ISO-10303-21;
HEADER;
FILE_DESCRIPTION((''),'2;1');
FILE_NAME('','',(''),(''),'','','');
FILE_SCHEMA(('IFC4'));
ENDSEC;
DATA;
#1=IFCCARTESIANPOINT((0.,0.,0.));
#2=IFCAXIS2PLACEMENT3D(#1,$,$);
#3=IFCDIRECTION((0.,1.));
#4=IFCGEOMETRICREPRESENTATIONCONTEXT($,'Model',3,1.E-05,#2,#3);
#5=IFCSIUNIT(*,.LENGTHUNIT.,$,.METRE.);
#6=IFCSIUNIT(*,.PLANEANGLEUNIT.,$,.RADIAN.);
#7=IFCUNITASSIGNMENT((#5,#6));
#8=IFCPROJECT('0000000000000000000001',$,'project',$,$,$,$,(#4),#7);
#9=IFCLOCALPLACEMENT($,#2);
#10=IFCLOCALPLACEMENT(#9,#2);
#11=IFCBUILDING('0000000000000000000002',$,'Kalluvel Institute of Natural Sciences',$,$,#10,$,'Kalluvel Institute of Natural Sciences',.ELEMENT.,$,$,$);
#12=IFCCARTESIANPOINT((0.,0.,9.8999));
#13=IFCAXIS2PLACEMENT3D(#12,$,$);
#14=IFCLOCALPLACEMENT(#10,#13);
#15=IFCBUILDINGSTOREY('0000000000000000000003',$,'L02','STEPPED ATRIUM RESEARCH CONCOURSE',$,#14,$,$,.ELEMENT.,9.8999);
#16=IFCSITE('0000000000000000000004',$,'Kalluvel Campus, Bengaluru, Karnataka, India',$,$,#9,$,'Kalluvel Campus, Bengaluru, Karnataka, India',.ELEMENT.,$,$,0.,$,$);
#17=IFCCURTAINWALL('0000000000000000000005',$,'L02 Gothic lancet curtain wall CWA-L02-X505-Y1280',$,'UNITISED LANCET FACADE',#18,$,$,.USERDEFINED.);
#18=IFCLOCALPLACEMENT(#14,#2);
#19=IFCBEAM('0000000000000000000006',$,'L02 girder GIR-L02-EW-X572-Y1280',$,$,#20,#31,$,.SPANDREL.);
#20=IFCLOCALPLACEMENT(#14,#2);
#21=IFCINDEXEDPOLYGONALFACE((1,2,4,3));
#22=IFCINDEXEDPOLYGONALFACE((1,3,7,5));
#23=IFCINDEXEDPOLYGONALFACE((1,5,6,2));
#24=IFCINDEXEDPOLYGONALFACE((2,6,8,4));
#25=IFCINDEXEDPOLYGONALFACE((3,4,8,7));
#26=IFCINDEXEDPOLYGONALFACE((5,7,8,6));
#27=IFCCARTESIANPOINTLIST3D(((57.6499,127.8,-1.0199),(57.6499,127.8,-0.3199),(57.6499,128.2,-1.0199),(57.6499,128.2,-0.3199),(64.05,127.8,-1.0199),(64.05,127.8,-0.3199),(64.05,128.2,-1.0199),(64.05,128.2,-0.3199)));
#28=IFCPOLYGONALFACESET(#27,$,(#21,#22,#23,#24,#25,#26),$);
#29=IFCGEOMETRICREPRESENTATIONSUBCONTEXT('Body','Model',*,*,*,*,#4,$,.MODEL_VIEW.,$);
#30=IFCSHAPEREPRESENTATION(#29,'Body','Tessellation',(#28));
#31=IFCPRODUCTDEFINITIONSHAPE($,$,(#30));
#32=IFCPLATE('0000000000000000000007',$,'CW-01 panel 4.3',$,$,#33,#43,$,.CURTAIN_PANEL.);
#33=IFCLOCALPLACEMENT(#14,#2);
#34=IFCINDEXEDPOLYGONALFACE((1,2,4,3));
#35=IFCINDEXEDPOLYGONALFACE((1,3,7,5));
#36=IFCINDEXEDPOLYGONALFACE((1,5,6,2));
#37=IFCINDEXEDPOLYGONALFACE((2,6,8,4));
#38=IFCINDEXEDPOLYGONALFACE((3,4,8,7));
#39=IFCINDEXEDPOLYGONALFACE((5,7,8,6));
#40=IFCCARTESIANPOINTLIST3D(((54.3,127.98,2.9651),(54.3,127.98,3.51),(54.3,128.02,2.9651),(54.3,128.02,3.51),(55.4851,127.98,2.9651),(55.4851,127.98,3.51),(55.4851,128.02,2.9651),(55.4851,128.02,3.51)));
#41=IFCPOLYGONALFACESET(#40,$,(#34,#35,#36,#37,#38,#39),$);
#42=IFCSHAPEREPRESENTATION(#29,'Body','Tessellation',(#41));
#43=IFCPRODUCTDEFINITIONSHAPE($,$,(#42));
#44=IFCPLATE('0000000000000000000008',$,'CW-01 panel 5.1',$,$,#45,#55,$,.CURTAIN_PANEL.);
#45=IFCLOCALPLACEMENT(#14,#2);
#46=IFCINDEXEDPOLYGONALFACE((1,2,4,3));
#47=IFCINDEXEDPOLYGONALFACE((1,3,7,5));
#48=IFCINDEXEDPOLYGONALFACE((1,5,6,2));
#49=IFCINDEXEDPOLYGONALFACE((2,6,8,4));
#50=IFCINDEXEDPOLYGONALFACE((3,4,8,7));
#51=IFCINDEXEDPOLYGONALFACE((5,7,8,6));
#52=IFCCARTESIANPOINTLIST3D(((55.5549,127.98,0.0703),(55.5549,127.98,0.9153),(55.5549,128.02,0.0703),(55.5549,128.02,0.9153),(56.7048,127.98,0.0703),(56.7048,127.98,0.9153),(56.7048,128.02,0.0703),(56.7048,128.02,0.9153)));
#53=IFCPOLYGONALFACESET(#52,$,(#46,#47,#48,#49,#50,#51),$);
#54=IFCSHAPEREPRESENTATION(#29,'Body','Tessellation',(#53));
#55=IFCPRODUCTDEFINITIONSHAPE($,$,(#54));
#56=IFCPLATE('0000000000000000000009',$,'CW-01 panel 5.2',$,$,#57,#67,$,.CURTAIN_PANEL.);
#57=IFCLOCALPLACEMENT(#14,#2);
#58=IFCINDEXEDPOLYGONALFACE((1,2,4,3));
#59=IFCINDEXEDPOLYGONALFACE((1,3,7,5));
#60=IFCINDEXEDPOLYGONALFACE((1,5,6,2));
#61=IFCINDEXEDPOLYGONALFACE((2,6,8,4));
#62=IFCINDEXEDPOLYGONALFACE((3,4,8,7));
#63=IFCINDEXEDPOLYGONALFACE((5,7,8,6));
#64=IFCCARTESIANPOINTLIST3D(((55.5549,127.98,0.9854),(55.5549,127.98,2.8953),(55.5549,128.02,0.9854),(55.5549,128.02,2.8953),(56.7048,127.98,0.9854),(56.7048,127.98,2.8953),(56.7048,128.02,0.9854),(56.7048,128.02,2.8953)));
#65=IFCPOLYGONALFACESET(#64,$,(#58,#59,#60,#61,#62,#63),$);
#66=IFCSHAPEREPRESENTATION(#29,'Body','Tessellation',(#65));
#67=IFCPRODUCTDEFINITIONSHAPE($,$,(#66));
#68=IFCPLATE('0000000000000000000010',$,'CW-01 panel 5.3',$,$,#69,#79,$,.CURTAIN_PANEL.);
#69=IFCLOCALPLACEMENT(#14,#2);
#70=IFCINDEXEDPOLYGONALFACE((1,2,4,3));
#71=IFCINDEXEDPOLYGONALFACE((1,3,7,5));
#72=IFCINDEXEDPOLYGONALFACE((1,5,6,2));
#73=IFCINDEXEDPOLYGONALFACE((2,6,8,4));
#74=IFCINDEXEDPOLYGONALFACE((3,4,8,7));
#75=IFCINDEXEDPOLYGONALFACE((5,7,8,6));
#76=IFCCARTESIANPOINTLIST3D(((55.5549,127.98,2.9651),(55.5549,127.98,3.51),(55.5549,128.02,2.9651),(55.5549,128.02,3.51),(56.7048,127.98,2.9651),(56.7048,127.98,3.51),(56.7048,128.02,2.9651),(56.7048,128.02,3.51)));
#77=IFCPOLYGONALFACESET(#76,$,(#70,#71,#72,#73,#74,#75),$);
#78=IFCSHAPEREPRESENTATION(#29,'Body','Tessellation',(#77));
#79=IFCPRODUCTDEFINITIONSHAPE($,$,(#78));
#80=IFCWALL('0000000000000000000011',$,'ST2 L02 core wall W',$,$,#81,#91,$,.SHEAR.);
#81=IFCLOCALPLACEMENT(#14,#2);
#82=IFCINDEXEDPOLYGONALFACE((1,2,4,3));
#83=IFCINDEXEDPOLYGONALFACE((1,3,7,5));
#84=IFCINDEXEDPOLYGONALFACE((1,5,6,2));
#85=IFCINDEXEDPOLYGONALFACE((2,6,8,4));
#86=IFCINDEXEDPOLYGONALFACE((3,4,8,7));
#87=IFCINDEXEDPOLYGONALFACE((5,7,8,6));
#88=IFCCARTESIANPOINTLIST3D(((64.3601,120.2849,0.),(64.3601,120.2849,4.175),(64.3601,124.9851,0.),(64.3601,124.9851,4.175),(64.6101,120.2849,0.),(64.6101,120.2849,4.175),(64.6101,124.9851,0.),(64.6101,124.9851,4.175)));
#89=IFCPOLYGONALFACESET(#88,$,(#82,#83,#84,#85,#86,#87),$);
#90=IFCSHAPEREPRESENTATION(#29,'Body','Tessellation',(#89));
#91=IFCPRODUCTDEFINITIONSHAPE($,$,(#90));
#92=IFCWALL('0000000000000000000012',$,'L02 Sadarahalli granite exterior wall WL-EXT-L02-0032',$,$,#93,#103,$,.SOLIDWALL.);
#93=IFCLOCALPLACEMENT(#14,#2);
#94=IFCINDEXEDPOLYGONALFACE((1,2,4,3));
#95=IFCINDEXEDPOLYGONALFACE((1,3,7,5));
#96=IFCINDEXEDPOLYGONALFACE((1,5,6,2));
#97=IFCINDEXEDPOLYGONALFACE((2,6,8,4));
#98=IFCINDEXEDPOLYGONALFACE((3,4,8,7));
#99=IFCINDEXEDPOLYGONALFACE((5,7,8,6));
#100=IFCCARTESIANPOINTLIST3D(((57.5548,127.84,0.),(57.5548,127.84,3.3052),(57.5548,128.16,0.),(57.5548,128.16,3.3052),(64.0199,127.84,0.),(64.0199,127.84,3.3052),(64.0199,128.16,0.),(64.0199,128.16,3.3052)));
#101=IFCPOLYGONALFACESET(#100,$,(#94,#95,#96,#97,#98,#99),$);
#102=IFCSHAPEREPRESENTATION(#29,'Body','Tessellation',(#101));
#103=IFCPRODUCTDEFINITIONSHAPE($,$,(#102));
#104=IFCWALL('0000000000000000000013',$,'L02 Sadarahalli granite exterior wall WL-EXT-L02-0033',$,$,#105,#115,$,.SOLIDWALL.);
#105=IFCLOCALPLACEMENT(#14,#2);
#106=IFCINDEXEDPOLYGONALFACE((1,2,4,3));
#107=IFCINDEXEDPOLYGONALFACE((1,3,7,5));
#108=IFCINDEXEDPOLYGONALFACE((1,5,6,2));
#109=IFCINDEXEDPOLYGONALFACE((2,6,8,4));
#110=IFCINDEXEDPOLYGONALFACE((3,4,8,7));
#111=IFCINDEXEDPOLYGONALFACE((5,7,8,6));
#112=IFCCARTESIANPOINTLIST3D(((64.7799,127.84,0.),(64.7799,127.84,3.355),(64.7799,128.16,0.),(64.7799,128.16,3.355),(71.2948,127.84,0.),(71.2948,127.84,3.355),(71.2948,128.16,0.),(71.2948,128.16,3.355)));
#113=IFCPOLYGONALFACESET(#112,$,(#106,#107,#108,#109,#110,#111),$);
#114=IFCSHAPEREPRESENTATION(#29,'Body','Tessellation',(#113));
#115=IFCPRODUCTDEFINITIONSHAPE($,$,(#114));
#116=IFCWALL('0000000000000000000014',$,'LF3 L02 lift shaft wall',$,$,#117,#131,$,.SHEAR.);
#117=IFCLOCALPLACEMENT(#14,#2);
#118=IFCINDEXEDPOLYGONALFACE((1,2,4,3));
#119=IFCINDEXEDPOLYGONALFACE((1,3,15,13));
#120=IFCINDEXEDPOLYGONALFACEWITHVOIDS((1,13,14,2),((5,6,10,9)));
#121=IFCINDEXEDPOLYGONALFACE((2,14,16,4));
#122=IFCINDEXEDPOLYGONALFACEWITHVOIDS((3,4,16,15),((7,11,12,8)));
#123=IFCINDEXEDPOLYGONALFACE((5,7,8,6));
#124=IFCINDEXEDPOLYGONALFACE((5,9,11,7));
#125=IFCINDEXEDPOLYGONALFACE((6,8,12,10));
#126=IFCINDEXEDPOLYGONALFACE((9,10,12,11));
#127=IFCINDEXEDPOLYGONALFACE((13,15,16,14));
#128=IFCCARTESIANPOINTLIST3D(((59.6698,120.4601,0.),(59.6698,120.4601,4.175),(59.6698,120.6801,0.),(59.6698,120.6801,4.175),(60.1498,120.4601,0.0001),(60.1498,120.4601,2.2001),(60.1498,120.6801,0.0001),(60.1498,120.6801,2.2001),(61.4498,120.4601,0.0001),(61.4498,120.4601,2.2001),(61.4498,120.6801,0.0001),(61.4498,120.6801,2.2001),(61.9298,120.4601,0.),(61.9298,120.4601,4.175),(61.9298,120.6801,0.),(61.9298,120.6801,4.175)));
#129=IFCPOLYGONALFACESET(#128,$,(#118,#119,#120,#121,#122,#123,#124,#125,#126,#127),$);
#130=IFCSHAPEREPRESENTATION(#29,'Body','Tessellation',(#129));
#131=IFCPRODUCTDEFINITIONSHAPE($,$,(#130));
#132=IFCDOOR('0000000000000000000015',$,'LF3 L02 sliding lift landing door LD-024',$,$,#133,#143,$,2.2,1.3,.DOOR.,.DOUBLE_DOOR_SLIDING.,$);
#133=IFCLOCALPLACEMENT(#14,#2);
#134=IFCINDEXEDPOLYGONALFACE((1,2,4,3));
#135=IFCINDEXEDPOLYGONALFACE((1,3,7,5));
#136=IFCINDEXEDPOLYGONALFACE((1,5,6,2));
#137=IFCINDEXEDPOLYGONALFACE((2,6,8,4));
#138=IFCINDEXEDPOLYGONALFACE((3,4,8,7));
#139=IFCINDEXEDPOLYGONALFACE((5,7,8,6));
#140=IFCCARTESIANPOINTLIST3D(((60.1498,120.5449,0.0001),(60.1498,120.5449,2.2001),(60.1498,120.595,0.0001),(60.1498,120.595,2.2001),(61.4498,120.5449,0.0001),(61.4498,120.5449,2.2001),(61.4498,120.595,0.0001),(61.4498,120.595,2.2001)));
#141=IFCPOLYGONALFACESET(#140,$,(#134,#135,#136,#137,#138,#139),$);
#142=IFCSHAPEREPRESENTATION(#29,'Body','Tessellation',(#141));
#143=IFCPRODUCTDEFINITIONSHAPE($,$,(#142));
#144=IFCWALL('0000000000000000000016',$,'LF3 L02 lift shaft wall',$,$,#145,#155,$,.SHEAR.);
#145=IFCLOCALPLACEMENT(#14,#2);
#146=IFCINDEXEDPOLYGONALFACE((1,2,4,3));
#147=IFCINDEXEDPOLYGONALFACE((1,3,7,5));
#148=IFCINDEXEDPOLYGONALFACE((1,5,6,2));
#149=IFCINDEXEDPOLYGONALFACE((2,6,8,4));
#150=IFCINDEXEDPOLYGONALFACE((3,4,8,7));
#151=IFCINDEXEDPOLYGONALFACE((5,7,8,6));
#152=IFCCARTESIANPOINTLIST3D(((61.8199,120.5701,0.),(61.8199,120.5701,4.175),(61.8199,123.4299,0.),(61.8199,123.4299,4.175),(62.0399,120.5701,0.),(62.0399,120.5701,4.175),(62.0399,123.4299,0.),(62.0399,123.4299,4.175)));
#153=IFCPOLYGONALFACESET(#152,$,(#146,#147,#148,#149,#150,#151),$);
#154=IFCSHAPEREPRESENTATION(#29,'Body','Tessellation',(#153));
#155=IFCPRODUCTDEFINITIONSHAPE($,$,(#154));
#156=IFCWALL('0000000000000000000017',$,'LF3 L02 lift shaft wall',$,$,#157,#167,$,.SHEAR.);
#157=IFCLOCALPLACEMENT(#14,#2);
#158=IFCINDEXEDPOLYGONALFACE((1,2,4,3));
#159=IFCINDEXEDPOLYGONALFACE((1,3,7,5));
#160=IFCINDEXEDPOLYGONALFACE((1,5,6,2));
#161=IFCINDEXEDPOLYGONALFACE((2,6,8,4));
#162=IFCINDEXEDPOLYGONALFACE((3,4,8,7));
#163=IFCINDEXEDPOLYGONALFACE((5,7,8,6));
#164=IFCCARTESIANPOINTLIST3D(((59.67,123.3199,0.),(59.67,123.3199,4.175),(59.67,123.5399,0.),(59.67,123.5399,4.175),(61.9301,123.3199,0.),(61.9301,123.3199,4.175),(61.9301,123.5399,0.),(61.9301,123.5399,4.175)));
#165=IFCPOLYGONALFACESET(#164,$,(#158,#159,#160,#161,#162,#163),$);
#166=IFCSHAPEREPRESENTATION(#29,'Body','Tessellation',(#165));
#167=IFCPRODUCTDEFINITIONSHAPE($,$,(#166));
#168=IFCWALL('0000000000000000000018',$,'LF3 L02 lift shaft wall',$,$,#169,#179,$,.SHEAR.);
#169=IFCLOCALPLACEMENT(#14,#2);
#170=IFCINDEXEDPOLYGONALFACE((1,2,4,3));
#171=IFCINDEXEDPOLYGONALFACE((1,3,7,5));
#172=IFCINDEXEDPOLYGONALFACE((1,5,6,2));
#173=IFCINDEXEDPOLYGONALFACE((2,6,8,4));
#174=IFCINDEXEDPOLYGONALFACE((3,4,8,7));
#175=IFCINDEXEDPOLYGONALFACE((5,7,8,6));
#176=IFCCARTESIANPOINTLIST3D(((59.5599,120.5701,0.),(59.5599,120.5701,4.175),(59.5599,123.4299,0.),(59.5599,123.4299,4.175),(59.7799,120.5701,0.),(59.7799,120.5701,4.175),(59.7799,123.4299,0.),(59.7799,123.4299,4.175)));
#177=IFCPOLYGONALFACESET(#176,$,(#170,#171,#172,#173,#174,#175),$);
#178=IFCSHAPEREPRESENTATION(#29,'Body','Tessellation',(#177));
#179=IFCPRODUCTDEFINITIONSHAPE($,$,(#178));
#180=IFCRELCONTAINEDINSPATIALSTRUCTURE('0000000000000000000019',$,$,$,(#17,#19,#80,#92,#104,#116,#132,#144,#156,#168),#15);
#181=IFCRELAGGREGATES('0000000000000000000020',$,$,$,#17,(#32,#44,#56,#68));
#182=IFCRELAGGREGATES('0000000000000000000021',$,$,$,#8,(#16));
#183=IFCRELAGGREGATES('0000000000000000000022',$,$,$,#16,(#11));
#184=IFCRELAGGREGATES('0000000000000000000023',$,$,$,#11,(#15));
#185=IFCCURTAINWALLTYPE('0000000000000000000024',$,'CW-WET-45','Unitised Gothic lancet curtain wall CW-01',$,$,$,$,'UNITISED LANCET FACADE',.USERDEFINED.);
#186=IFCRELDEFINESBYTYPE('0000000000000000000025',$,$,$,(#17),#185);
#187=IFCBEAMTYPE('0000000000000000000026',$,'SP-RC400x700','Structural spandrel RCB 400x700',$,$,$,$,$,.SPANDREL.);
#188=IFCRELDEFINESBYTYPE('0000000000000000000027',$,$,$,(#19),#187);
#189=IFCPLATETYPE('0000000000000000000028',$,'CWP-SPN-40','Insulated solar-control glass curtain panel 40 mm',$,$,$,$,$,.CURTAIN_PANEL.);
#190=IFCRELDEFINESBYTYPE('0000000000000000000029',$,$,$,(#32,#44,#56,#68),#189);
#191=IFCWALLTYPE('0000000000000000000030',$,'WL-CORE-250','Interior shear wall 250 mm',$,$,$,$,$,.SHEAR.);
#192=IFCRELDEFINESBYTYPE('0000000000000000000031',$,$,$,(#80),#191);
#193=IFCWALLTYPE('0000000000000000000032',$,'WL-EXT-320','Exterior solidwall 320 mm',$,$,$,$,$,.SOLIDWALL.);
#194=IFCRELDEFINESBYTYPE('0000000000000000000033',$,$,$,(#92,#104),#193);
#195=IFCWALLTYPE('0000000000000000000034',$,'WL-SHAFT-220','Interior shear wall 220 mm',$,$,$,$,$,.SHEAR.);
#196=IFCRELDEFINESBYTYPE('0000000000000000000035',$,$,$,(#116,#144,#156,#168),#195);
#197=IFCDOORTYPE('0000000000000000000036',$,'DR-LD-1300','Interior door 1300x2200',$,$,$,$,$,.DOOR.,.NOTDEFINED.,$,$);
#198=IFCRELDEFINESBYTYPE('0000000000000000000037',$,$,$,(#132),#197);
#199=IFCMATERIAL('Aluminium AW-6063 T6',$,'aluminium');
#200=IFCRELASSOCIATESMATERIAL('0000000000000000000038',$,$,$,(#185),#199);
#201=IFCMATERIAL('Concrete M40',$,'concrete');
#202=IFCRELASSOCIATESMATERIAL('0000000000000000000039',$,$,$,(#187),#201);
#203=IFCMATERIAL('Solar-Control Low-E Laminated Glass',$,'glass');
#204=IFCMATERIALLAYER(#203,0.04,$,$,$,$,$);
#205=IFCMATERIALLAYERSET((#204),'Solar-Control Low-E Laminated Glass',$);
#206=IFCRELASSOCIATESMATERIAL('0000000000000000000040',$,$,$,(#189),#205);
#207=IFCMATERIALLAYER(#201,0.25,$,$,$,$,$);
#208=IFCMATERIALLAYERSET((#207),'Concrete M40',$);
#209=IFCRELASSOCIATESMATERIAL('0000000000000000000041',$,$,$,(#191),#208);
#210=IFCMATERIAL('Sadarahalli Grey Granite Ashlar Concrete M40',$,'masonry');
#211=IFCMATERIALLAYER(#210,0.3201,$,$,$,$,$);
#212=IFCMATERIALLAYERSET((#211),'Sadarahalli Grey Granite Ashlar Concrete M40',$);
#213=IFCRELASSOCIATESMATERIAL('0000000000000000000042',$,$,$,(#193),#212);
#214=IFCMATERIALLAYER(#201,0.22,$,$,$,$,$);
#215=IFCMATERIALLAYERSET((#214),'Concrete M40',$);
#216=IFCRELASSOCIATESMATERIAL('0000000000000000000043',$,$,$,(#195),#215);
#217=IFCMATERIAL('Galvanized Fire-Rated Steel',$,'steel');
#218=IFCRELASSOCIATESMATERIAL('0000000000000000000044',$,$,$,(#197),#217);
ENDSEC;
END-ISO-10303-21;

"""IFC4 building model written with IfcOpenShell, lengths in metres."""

from ifc_helpers import new_model, si_unit, direction, frame, frame_2d, origin, origin_2d, place, context, subcontext, project, spatial, rectangle, extrude, material, layer, layer_set, material_profile, profile_set, type_object, element, fill, aggregate, save


model = new_model("IFC4")

# Units and contexts
model_context = context("Model", 3, precision=1e-05, world=origin(), true_north=direction((0.0, 1.0)))
body_context = subcontext(model_context, "Body", "Model", "MODEL_VIEW")
ifc_project = project(units=[si_unit("LENGTHUNIT", "METRE"), si_unit("PLANEANGLEUNIT", "RADIAN")], contexts=[model_context])

# Site, building, storey
site_placement = place(None, origin())
site = spatial("IfcSite", under=ifc_project, at=site_placement, Name="Kalluvel Campus, Bengaluru, Karnataka, India", LongName="Kalluvel Campus, Bengaluru, Karnataka, India", CompositionType="ELEMENT", RefElevation=0.0)
building_placement = place(site_placement, origin())
building = spatial("IfcBuilding", under=site, at=building_placement, Name="Kalluvel Institute of Natural Sciences", LongName="Kalluvel Institute of Natural Sciences", CompositionType="ELEMENT")
storey_placement = place(building_placement, frame((0.0, 0.0, 9.8999)))
storey = spatial("IfcBuildingStorey", under=building, at=storey_placement, Name="L02", Description="STEPPED ATRIUM RESEARCH CONCOURSE", CompositionType="ELEMENT", Elevation=9.8999)

# Curtain wall
ifc_material_1 = material(Name="Aluminium AW-6063 T6", Category="aluminium")
curtain_wall_type = type_object("IfcCurtainWallType", Name="CW-WET-45", Description="Unitised Gothic lancet curtain wall CW-01", ElementType="UNITISED LANCET FACADE", PredefinedType="USERDEFINED", material=ifc_material_1)
curtain_wall_placement = place(storey_placement, origin())
curtain_wall = element("IfcCurtainWall", 1, at=curtain_wall_placement, inside=storey, type_object=curtain_wall_type, Name="L02 Gothic lancet curtain wall CWA-L02-X505-Y1280", ObjectType="UNITISED LANCET FACADE", PredefinedType="USERDEFINED")

# Beam
ifc_material_2 = material(Name="Concrete M40", Category="concrete")
ifc_material_profile_1 = material_profile(ifc_material_2, rectangle(XDim=0.3999, YDim=0.7, at=origin_2d()), Name="RCB 400x700")
ifc_profile_set_1 = profile_set([ifc_material_profile_1], Name="Concrete M40")
beam_type_1 = type_object("IfcBeamType", Name="SP-RC400x700", Description="Structural spandrel RCB 400x700", PredefinedType="SPANDREL", material=ifc_profile_set_1)
beam_1_placement = place(storey_placement, frame((57.6499, 128.0, -0.6699), z_axis=(1.0, 0.0, 0.0), x_axis=(0.0, 1.0, 0.0)))
element("IfcBeam", 2, at=beam_1_placement, inside=storey, type_object=beam_type_1, Name="L02 girder GIR-L02-EW-X572-Y1280", PredefinedType="SPANDREL", context=body_context, shape_type="SweptSolid", body=[
    extrude(rectangle(XDim=0.3999, YDim=0.7, at=origin_2d()), origin(), (0.0, 0.0, 1.0), 6.4001),
])

# Plates
ifc_material_3 = material(Name="Solar-Control Low-E Laminated Glass", Category="glass")
ifc_layer_1 = layer(ifc_material_3, 0.04)
ifc_layer_set_1 = layer_set([ifc_layer_1], Name="Solar-Control Low-E Laminated Glass")
plate_type = type_object("IfcPlateType", Name="CWP-SPN-40", Description="Insulated solar-control glass curtain panel 40 mm", PredefinedType="CURTAIN_PANEL", material=ifc_layer_set_1)
plate_1_placement = place(storey_placement, frame((54.8926, 128.0, 2.9651), z_axis=(0.0, 0.0, 1.0), x_axis=(1.0, 0.0, 0.0)))
plate_1 = element("IfcPlate", 3, at=plate_1_placement, type_object=plate_type, Name="CW-01 panel 4.3", PredefinedType="CURTAIN_PANEL", context=body_context, shape_type="SweptSolid", body=[
    extrude(rectangle(XDim=1.1851, YDim=0.04, at=origin_2d()), origin(), (0.0, 0.0, 1.0), 0.5449),
])
plate_2_placement = place(storey_placement, frame((56.1299, 128.0, 0.0703), z_axis=(0.0, 0.0, 1.0), x_axis=(1.0, 0.0, 0.0)))
plate_2 = element("IfcPlate", 4, at=plate_2_placement, type_object=plate_type, Name="CW-01 panel 5.1", PredefinedType="CURTAIN_PANEL", context=body_context, shape_type="SweptSolid", body=[
    extrude(rectangle(XDim=1.1499, YDim=0.04, at=origin_2d()), origin(), (0.0, 0.0, 1.0), 0.845),
])
plate_3_placement = place(storey_placement, frame((56.1299, 128.0, 0.9854), z_axis=(0.0, 0.0, 1.0), x_axis=(1.0, 0.0, 0.0)))
plate_3 = element("IfcPlate", 5, at=plate_3_placement, type_object=plate_type, Name="CW-01 panel 5.2", PredefinedType="CURTAIN_PANEL", context=body_context, shape_type="SweptSolid", body=[
    extrude(rectangle(XDim=1.1499, YDim=0.04, at=origin_2d()), origin(), (0.0, 0.0, 1.0), 1.9099),
])
plate_4_placement = place(storey_placement, frame((56.1299, 128.0, 2.9651), z_axis=(0.0, 0.0, 1.0), x_axis=(1.0, 0.0, 0.0)))
plate_4 = element("IfcPlate", 6, at=plate_4_placement, type_object=plate_type, Name="CW-01 panel 5.3", PredefinedType="CURTAIN_PANEL", context=body_context, shape_type="SweptSolid", body=[
    extrude(rectangle(XDim=1.1499, YDim=0.04, at=origin_2d()), origin(), (0.0, 0.0, 1.0), 0.5449),
])
aggregate(curtain_wall, [plate_1, plate_2, plate_3, plate_4])

# Walls
ifc_layer_2 = layer(ifc_material_2, 0.25)
ifc_layer_set_2 = layer_set([ifc_layer_2], Name="Concrete M40")
wall_type_1 = type_object("IfcWallType", Name="WL-CORE-250", Description="Interior shear wall 250 mm", PredefinedType="SHEAR", material=ifc_layer_set_2)
wall_1_placement = place(storey_placement, frame((64.4851, 124.9851, 0.0), z_axis=(0.0, 0.0, 1.0), x_axis=(0.0, -1.0, 0.0)))
element("IfcWall", 7, at=wall_1_placement, inside=storey, type_object=wall_type_1, Name="ST2 L02 core wall W", PredefinedType="SHEAR", context=body_context, shape_type="SweptSolid", body=[
    extrude(rectangle(XDim=4.7002, YDim=0.25, at=frame_2d((2.3501, 0.0))), origin(), (0.0, 0.0, 1.0), 4.175),
])
ifc_material_4 = material(Name="Sadarahalli Grey Granite Ashlar Concrete M40", Category="masonry")
ifc_layer_3 = layer(ifc_material_4, 0.3201)
ifc_layer_set_3 = layer_set([ifc_layer_3], Name="Sadarahalli Grey Granite Ashlar Concrete M40")
wall_type_2 = type_object("IfcWallType", Name="WL-EXT-320", Description="Exterior solidwall 320 mm", PredefinedType="SOLIDWALL", material=ifc_layer_set_3)
wall_2_placement = place(storey_placement, frame((57.5549, 128.0, 0.0), z_axis=(0.0, 0.0, 1.0), x_axis=(1.0, 0.0, 0.0)))
element("IfcWall", 8, at=wall_2_placement, inside=storey, type_object=wall_type_2, Name="L02 Sadarahalli granite exterior wall WL-EXT-L02-0032", PredefinedType="SOLIDWALL", context=body_context, shape_type="SweptSolid", body=[
    extrude(rectangle(XDim=6.4651, YDim=0.3201, at=frame_2d((3.2324, 0.0))), origin(), (0.0, 0.0, 1.0), 3.3052),
])
wall_3_placement = place(storey_placement, frame((64.78, 128.0, 0.0), z_axis=(0.0, 0.0, 1.0), x_axis=(1.0, 0.0, 0.0)))
element("IfcWall", 9, at=wall_3_placement, inside=storey, type_object=wall_type_2, Name="L02 Sadarahalli granite exterior wall WL-EXT-L02-0033", PredefinedType="SOLIDWALL", context=body_context, shape_type="SweptSolid", body=[
    extrude(rectangle(XDim=6.5149, YDim=0.3201, at=frame_2d((3.2573, 0.0))), origin(), (0.0, 0.0, 1.0), 3.355),
])

# Wall, opening, door
ifc_layer_4 = layer(ifc_material_2, 0.22)
ifc_layer_set_4 = layer_set([ifc_layer_4], Name="Concrete M40")
wall_type_3 = type_object("IfcWallType", Name="WL-SHAFT-220", Description="Interior shear wall 220 mm", PredefinedType="SHEAR", material=ifc_layer_set_4)
wall_4_placement = place(storey_placement, frame((59.6699, 120.5701, 0.0), z_axis=(0.0, 0.0, 1.0), x_axis=(1.0, 0.0, 0.0)))
wall_4 = element("IfcWall", 10, at=wall_4_placement, inside=storey, type_object=wall_type_3, Name="LF3 L02 lift shaft wall", PredefinedType="SHEAR", context=body_context, shape_type="SweptSolid", body=[
    extrude(rectangle(XDim=2.26, YDim=0.22, at=frame_2d((1.1299, 0.0))), origin(), (0.0, 0.0, 1.0), 4.175),
])
opening_placement = place(wall_4_placement, frame((0.48, 0.0, 0.0)))
opening = element("IfcOpeningElement", 11, at=opening_placement, cuts=wall_4, PredefinedType="OPENING", context=body_context, shape_type="SweptSolid", body=[
    extrude(rectangle(XDim=1.3, YDim=2.2, at=frame_2d((0.6499, 1.1001))), frame((0.0, 0.1199, 0.0), z_axis=(0.0, -1.0, 0.0), x_axis=(1.0, 0.0, 0.0)), (0.0, 0.0, 1.0), 0.24),
])
ifc_material_5 = material(Name="Galvanized Fire-Rated Steel", Category="steel")
door_type = type_object("IfcDoorType", Name="DR-LD-1300", Description="Interior door 1300x2200", OperationType="NOTDEFINED", PredefinedType="DOOR", material=ifc_material_5)
door_placement = place(opening_placement, origin())
door = element("IfcDoor", 12, at=door_placement, inside=storey, type_object=door_type, Name="LF3 L02 sliding lift landing door LD-024", OperationType="DOUBLE_DOOR_SLIDING", OverallHeight=2.2, OverallWidth=1.3, PredefinedType="DOOR", context=body_context, shape_type="SweptSolid", body=[
    extrude(rectangle(XDim=1.3, YDim=2.2, at=frame_2d((0.6499, 1.1001))), frame((0.0, 0.0249, 0.0), z_axis=(0.0, -1.0, 0.0), x_axis=(1.0, 0.0, 0.0)), (0.0, 0.0, 1.0), 0.05),
])
fill(opening, door)

# Walls
wall_5_placement = place(storey_placement, frame((61.9299, 120.5701, 0.0), z_axis=(0.0, 0.0, 1.0), x_axis=(0.0, 1.0, 0.0)))
element("IfcWall", 13, at=wall_5_placement, inside=storey, type_object=wall_type_3, Name="LF3 L02 lift shaft wall", PredefinedType="SHEAR", context=body_context, shape_type="SweptSolid", body=[
    extrude(rectangle(XDim=2.8599, YDim=0.22, at=frame_2d((1.4299, 0.0))), origin(), (0.0, 0.0, 1.0), 4.175),
])
wall_6_placement = place(storey_placement, frame((61.9299, 123.4299, 0.0), z_axis=(0.0, 0.0, 1.0), x_axis=(-1.0, 0.0, 0.0)))
element("IfcWall", 14, at=wall_6_placement, inside=storey, type_object=wall_type_3, Name="LF3 L02 lift shaft wall", PredefinedType="SHEAR", context=body_context, shape_type="SweptSolid", body=[
    extrude(rectangle(XDim=2.26, YDim=0.22, at=frame_2d((1.1299, 0.0))), origin(), (0.0, 0.0, 1.0), 4.175),
])
wall_7_placement = place(storey_placement, frame((59.6699, 123.4299, 0.0), z_axis=(0.0, 0.0, 1.0), x_axis=(0.0, -1.0, 0.0)))
element("IfcWall", 15, at=wall_7_placement, inside=storey, type_object=wall_type_3, Name="LF3 L02 lift shaft wall", PredefinedType="SHEAR", context=body_context, shape_type="SweptSolid", body=[
    extrude(rectangle(XDim=2.8599, YDim=0.22, at=frame_2d((1.4299, 0.0))), origin(), (0.0, 0.0, 1.0), 4.175),
])

save(model, "model.ifc")
